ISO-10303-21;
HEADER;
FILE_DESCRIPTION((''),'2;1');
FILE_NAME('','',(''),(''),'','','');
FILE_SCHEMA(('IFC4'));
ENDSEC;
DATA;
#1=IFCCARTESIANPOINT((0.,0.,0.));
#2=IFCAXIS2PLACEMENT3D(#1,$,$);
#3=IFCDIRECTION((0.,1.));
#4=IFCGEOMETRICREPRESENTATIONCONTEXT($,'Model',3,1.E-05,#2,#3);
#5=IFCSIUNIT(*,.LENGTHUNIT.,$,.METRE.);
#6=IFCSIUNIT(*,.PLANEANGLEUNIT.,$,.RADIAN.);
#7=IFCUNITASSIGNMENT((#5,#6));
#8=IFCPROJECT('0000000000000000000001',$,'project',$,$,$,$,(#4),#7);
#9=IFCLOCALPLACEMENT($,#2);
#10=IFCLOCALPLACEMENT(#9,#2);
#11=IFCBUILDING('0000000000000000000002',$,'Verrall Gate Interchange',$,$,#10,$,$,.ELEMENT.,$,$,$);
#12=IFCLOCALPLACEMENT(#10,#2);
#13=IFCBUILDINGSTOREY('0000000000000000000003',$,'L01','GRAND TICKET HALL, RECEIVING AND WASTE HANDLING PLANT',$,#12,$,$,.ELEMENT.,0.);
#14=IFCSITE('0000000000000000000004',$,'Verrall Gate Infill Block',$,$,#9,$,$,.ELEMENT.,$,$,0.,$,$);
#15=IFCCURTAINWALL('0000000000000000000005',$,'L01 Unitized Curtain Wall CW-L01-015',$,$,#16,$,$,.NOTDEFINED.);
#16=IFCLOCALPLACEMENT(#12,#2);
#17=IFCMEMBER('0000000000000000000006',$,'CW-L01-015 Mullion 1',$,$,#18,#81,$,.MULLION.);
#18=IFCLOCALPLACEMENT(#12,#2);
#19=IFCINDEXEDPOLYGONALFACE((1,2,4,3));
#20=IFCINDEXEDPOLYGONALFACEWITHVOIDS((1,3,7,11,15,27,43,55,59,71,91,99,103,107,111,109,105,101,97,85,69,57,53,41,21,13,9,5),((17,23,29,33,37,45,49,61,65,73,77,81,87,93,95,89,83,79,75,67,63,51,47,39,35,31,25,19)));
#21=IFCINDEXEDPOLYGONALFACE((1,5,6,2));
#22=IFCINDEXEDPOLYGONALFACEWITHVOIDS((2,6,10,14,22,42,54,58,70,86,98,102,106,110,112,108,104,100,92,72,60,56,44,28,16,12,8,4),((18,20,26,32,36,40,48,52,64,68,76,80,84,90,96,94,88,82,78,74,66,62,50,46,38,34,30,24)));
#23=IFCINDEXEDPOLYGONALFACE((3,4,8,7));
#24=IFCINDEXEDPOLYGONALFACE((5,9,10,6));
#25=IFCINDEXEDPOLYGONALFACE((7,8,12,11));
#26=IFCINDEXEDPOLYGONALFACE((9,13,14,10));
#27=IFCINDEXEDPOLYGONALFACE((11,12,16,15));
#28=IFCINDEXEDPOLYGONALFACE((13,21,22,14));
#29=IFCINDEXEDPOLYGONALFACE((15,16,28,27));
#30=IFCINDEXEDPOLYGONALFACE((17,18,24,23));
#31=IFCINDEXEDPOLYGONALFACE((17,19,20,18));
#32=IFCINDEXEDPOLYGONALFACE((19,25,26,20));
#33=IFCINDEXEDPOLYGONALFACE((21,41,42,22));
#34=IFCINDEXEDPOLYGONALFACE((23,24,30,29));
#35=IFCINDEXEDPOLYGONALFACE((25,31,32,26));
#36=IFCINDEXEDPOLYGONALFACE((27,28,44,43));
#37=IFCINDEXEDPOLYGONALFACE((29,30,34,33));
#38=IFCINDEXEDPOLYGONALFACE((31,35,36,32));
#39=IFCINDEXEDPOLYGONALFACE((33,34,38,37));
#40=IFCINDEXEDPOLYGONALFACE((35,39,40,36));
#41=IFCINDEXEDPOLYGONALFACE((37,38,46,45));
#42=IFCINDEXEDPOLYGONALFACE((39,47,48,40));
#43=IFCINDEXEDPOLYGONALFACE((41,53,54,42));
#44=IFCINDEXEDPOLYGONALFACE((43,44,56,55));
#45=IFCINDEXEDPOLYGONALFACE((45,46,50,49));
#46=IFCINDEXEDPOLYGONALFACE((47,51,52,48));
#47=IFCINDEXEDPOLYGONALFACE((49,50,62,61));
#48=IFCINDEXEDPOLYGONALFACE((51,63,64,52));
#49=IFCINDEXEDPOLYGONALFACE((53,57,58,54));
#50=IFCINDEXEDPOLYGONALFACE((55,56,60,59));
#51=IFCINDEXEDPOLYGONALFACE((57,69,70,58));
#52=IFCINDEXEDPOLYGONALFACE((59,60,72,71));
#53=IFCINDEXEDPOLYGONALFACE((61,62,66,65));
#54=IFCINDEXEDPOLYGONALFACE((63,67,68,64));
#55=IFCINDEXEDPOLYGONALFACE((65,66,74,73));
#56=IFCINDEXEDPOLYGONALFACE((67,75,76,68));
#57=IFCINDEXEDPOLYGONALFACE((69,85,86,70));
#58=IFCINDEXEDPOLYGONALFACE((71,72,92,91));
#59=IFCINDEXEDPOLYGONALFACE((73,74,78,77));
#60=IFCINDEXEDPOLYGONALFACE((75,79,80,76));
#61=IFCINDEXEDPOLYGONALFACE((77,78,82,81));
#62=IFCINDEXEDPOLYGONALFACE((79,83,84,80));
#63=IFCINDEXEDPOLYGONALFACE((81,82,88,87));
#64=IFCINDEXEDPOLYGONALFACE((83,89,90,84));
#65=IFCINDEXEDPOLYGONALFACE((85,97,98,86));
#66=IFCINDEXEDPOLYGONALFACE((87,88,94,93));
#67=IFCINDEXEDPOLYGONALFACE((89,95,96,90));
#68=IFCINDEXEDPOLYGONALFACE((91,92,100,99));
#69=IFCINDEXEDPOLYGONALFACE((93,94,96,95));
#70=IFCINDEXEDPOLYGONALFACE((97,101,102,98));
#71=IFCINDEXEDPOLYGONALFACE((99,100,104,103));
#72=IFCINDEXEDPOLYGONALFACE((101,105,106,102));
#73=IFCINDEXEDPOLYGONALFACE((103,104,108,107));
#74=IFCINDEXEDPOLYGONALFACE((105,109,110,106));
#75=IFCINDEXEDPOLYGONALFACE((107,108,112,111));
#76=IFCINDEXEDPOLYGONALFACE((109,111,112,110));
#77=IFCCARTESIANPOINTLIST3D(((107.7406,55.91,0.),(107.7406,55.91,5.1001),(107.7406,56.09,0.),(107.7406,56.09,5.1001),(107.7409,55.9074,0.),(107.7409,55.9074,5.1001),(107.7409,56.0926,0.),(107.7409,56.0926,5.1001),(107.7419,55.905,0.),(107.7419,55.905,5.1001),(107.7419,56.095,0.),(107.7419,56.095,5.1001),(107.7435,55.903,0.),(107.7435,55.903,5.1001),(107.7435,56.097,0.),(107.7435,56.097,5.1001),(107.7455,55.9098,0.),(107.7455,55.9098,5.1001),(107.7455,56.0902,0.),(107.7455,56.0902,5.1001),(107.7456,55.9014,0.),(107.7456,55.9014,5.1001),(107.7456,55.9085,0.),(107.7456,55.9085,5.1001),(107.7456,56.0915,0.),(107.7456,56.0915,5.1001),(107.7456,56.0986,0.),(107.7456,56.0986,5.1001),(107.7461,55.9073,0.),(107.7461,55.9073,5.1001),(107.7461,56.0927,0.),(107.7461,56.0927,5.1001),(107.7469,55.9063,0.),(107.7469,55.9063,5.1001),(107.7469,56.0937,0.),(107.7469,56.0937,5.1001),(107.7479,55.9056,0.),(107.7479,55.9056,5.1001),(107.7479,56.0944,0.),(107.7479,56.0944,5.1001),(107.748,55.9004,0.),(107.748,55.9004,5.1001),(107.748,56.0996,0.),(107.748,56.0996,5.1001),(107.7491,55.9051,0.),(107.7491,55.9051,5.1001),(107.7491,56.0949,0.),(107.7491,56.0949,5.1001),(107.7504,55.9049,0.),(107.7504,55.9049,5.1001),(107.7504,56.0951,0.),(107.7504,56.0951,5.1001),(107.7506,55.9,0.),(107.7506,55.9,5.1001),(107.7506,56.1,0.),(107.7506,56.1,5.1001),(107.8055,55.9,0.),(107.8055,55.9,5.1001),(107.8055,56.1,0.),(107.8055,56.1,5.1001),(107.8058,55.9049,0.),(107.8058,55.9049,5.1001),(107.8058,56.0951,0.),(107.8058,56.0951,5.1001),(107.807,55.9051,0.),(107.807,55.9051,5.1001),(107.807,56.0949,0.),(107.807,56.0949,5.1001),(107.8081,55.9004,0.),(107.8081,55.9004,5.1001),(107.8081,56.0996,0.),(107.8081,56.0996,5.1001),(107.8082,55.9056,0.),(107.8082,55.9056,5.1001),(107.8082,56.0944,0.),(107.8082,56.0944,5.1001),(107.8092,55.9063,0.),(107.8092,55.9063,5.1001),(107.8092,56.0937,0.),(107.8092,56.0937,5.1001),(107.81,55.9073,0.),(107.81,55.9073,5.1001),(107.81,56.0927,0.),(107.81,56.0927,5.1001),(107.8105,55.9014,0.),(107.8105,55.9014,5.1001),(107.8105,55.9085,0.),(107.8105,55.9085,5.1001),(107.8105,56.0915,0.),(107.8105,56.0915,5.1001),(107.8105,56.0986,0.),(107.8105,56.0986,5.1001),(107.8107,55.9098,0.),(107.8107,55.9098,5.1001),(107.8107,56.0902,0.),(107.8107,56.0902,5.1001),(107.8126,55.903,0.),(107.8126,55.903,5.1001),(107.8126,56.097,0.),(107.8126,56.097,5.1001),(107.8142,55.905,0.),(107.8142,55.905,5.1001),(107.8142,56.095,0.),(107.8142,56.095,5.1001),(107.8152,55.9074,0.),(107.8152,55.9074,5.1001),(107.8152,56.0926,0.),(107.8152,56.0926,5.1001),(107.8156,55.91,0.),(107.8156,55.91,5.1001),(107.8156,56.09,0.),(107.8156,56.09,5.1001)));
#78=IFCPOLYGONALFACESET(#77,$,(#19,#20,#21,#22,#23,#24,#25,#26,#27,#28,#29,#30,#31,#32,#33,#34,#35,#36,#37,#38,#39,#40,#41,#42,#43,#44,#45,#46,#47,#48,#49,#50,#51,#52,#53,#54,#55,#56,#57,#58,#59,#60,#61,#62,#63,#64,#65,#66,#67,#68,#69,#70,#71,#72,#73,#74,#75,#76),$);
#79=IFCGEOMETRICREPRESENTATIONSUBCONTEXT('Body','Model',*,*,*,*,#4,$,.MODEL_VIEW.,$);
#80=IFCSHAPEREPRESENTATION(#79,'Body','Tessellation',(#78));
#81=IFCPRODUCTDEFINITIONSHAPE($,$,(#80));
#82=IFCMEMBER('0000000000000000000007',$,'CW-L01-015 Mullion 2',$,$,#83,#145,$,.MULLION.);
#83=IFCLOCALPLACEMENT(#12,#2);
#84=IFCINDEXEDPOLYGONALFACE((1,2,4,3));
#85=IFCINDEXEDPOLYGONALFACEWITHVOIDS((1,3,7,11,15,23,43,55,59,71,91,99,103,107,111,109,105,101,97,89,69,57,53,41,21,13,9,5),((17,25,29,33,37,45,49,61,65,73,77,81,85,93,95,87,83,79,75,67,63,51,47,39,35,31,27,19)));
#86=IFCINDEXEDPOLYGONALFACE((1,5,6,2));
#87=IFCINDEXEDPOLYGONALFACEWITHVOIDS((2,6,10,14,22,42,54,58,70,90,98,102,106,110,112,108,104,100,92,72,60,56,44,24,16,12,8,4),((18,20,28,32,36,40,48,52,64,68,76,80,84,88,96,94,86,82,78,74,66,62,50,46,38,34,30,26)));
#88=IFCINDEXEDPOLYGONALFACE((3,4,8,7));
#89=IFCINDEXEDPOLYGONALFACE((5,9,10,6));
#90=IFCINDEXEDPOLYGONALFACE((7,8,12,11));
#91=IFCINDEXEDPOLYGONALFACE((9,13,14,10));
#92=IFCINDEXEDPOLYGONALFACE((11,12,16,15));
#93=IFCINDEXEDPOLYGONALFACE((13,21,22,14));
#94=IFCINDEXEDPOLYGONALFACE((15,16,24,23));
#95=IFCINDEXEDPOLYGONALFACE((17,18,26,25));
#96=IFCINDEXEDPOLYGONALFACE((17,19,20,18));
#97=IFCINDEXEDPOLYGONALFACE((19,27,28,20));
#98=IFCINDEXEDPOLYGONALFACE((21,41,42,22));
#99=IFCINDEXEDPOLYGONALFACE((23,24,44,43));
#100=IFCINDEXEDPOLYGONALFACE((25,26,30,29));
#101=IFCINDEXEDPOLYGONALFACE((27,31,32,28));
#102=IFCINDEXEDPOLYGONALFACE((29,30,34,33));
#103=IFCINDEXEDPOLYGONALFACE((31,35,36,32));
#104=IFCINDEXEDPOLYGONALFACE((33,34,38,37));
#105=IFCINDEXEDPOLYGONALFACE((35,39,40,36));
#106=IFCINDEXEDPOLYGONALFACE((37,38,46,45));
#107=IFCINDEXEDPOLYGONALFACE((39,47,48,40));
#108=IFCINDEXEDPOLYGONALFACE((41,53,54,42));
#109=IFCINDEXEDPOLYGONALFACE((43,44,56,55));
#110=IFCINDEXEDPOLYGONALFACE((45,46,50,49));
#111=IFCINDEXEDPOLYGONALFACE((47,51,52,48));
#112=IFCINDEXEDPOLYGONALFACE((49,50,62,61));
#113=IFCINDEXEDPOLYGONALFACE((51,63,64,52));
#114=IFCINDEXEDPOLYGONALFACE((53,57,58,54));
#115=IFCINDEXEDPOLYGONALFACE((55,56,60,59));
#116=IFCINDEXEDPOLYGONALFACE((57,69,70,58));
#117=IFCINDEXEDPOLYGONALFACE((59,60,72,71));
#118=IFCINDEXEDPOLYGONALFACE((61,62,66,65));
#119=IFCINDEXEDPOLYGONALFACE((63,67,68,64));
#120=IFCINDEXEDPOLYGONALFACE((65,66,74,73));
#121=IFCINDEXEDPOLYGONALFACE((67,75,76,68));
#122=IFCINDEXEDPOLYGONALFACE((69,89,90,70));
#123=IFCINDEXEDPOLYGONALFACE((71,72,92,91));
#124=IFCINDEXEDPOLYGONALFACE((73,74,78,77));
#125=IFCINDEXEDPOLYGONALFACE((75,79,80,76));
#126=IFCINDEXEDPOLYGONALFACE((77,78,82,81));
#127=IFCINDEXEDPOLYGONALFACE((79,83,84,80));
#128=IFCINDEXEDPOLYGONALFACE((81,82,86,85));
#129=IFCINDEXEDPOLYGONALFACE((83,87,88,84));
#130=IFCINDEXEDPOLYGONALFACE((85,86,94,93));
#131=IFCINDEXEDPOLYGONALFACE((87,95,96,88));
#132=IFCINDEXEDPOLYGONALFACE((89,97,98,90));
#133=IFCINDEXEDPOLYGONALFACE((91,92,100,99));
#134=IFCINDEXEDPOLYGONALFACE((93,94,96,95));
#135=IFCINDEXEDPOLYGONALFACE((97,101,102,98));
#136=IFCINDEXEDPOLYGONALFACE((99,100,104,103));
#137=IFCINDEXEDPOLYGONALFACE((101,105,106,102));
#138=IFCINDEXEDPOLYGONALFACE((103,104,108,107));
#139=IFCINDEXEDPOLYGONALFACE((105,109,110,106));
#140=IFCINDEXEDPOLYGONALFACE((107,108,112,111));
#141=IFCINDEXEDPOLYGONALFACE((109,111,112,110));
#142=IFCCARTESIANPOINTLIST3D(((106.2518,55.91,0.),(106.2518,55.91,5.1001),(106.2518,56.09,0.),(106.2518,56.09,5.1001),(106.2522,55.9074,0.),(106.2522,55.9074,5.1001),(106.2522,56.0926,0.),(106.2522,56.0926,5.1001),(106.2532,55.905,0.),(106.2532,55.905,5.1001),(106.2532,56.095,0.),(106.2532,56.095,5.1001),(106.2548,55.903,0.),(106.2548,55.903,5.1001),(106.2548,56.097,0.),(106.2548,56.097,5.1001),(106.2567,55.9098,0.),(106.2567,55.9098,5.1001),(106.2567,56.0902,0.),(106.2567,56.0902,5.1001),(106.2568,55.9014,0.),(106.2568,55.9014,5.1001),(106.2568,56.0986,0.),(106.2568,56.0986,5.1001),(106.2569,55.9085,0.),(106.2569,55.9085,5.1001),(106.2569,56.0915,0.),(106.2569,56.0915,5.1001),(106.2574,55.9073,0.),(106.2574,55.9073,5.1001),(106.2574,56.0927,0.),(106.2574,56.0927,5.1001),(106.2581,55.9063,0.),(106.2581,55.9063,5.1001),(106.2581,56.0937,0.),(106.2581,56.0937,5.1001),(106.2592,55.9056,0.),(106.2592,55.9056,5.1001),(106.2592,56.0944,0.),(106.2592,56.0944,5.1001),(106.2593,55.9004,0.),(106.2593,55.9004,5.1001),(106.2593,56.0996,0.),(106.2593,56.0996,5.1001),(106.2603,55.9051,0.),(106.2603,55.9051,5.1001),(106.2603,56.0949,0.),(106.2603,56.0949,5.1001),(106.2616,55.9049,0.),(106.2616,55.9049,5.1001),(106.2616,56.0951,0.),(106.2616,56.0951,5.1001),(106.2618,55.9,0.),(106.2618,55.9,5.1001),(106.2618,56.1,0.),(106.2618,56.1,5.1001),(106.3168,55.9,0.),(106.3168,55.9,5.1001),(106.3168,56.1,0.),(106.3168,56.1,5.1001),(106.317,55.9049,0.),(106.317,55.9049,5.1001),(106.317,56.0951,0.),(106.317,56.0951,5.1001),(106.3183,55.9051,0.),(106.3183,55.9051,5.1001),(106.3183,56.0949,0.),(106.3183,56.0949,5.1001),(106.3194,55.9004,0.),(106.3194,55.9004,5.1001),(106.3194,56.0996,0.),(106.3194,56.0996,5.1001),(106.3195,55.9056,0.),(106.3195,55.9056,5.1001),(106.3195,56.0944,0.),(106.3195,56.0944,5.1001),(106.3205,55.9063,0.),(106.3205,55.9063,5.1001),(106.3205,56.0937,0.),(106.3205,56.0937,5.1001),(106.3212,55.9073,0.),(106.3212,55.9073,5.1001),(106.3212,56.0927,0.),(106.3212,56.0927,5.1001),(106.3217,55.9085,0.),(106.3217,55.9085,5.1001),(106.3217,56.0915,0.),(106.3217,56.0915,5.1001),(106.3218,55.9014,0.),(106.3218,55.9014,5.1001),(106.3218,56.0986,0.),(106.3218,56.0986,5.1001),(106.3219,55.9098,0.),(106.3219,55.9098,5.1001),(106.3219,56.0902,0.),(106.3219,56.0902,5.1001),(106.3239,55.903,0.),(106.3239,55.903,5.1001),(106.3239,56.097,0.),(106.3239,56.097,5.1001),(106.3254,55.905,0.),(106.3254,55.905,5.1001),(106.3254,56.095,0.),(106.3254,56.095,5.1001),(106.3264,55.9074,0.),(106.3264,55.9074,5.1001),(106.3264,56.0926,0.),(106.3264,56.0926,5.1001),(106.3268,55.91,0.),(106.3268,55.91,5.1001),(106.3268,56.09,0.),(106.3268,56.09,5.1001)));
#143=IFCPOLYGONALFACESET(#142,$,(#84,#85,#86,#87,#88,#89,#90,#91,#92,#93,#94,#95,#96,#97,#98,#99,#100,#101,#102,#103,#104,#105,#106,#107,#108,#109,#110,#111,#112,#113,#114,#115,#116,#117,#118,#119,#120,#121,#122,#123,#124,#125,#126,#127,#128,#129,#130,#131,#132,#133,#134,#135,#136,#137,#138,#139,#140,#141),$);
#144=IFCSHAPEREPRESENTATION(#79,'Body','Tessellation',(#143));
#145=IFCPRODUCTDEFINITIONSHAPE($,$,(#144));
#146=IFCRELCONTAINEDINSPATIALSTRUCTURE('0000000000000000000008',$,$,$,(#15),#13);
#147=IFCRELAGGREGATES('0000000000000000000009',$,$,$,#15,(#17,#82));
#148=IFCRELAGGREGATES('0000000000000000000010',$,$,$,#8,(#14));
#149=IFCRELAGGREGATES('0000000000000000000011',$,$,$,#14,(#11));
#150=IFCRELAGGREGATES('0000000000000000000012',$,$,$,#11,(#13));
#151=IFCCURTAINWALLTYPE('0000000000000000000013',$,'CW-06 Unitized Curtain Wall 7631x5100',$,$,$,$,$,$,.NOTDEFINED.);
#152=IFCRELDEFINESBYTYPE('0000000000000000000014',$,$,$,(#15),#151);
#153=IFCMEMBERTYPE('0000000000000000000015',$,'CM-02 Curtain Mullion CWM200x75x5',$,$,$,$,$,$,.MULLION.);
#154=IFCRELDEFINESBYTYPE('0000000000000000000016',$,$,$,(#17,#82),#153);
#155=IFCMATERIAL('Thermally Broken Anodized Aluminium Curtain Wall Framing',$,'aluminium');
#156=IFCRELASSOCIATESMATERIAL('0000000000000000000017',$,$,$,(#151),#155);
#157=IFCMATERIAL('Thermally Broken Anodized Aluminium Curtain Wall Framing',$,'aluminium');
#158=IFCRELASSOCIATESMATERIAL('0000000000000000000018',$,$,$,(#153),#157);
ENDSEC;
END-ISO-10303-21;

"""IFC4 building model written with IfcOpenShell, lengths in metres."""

from ifc_helpers import new_model, si_unit, direction, frame, origin, origin_2d, place, context, subcontext, project, spatial, hollow_rectangle, extrude, material, material_profile, profile_set, type_object, element, aggregate, save


model = new_model("IFC4")

# Units and contexts
model_context = context("Model", 3, precision=1e-05, world=origin(), true_north=direction((0.0, 1.0)))
body_context = subcontext(model_context, "Body", "Model", "MODEL_VIEW")
ifc_project = project(units=[si_unit("LENGTHUNIT", "METRE"), si_unit("PLANEANGLEUNIT", "RADIAN")], contexts=[model_context])

# Site, building, storey
site_placement = place(None, origin())
site = spatial("IfcSite", under=ifc_project, at=site_placement, Name="Verrall Gate Infill Block", CompositionType="ELEMENT", RefElevation=0.0)
building_placement = place(site_placement, origin())
building = spatial("IfcBuilding", under=site, at=building_placement, Name="Verrall Gate Interchange", CompositionType="ELEMENT")
storey_placement = place(building_placement, origin())
storey = spatial("IfcBuildingStorey", under=building, at=storey_placement, Name="L01", Description="GRAND TICKET HALL, RECEIVING AND WASTE HANDLING PLANT", CompositionType="ELEMENT", Elevation=0.0)

# Curtain wall, members
ifc_material_1 = material(Name="Thermally Broken Anodized Aluminium Curtain Wall Framing", Category="aluminium")
curtain_wall_type = type_object("IfcCurtainWallType", Name="CW-06 Unitized Curtain Wall 7631x5100", PredefinedType="NOTDEFINED", material=ifc_material_1)
curtain_wall_placement = place(storey_placement, origin())
curtain_wall = element("IfcCurtainWall", 1, at=curtain_wall_placement, inside=storey, type_object=curtain_wall_type, Name="L01 Unitized Curtain Wall CW-L01-015", PredefinedType="NOTDEFINED")
ifc_material_2 = material(Name="Thermally Broken Anodized Aluminium Curtain Wall Framing", Category="aluminium")
ifc_material_profile_1 = material_profile(ifc_material_2, hollow_rectangle(XDim=0.075, YDim=0.2, WallThickness=0.0049, InnerFilletRadius=0.0049, OuterFilletRadius=0.01, at=origin_2d()), Name="CWM200x75x5")
ifc_profile_set_1 = profile_set([ifc_material_profile_1], Name="Thermally Broken Anodized Aluminium Curtain Wall Framing")
member_type_1 = type_object("IfcMemberType", Name="CM-02 Curtain Mullion CWM200x75x5", PredefinedType="MULLION", material=ifc_profile_set_1)
member_1_placement = place(storey_placement, frame((107.7781, 56.0, 0.0), z_axis=(0.0, 0.0, 1.0), x_axis=(-1.0, 0.0, 0.0)))
member_1 = element("IfcMember", 2, at=member_1_placement, type_object=member_type_1, Name="CW-L01-015 Mullion 1", PredefinedType="MULLION", context=body_context, shape_type="SweptSolid", body=[
    extrude(hollow_rectangle(XDim=0.075, YDim=0.2, WallThickness=0.0049, InnerFilletRadius=0.0049, OuterFilletRadius=0.01, at=origin_2d()), origin(), (0.0, 0.0, 1.0), 5.1001),
])
member_2_placement = place(storey_placement, frame((106.2893, 56.0, 0.0), z_axis=(0.0, 0.0, 1.0), x_axis=(-1.0, 0.0, 0.0)))
member_2 = element("IfcMember", 3, at=member_2_placement, type_object=member_type_1, Name="CW-L01-015 Mullion 2", PredefinedType="MULLION", context=body_context, shape_type="SweptSolid", body=[
    extrude(hollow_rectangle(XDim=0.075, YDim=0.2, WallThickness=0.0049, InnerFilletRadius=0.0049, OuterFilletRadius=0.01, at=origin_2d()), origin(), (0.0, 0.0, 1.0), 5.1001),
])
aggregate(curtain_wall, [member_1, member_2])

save(model, "model.ifc")
